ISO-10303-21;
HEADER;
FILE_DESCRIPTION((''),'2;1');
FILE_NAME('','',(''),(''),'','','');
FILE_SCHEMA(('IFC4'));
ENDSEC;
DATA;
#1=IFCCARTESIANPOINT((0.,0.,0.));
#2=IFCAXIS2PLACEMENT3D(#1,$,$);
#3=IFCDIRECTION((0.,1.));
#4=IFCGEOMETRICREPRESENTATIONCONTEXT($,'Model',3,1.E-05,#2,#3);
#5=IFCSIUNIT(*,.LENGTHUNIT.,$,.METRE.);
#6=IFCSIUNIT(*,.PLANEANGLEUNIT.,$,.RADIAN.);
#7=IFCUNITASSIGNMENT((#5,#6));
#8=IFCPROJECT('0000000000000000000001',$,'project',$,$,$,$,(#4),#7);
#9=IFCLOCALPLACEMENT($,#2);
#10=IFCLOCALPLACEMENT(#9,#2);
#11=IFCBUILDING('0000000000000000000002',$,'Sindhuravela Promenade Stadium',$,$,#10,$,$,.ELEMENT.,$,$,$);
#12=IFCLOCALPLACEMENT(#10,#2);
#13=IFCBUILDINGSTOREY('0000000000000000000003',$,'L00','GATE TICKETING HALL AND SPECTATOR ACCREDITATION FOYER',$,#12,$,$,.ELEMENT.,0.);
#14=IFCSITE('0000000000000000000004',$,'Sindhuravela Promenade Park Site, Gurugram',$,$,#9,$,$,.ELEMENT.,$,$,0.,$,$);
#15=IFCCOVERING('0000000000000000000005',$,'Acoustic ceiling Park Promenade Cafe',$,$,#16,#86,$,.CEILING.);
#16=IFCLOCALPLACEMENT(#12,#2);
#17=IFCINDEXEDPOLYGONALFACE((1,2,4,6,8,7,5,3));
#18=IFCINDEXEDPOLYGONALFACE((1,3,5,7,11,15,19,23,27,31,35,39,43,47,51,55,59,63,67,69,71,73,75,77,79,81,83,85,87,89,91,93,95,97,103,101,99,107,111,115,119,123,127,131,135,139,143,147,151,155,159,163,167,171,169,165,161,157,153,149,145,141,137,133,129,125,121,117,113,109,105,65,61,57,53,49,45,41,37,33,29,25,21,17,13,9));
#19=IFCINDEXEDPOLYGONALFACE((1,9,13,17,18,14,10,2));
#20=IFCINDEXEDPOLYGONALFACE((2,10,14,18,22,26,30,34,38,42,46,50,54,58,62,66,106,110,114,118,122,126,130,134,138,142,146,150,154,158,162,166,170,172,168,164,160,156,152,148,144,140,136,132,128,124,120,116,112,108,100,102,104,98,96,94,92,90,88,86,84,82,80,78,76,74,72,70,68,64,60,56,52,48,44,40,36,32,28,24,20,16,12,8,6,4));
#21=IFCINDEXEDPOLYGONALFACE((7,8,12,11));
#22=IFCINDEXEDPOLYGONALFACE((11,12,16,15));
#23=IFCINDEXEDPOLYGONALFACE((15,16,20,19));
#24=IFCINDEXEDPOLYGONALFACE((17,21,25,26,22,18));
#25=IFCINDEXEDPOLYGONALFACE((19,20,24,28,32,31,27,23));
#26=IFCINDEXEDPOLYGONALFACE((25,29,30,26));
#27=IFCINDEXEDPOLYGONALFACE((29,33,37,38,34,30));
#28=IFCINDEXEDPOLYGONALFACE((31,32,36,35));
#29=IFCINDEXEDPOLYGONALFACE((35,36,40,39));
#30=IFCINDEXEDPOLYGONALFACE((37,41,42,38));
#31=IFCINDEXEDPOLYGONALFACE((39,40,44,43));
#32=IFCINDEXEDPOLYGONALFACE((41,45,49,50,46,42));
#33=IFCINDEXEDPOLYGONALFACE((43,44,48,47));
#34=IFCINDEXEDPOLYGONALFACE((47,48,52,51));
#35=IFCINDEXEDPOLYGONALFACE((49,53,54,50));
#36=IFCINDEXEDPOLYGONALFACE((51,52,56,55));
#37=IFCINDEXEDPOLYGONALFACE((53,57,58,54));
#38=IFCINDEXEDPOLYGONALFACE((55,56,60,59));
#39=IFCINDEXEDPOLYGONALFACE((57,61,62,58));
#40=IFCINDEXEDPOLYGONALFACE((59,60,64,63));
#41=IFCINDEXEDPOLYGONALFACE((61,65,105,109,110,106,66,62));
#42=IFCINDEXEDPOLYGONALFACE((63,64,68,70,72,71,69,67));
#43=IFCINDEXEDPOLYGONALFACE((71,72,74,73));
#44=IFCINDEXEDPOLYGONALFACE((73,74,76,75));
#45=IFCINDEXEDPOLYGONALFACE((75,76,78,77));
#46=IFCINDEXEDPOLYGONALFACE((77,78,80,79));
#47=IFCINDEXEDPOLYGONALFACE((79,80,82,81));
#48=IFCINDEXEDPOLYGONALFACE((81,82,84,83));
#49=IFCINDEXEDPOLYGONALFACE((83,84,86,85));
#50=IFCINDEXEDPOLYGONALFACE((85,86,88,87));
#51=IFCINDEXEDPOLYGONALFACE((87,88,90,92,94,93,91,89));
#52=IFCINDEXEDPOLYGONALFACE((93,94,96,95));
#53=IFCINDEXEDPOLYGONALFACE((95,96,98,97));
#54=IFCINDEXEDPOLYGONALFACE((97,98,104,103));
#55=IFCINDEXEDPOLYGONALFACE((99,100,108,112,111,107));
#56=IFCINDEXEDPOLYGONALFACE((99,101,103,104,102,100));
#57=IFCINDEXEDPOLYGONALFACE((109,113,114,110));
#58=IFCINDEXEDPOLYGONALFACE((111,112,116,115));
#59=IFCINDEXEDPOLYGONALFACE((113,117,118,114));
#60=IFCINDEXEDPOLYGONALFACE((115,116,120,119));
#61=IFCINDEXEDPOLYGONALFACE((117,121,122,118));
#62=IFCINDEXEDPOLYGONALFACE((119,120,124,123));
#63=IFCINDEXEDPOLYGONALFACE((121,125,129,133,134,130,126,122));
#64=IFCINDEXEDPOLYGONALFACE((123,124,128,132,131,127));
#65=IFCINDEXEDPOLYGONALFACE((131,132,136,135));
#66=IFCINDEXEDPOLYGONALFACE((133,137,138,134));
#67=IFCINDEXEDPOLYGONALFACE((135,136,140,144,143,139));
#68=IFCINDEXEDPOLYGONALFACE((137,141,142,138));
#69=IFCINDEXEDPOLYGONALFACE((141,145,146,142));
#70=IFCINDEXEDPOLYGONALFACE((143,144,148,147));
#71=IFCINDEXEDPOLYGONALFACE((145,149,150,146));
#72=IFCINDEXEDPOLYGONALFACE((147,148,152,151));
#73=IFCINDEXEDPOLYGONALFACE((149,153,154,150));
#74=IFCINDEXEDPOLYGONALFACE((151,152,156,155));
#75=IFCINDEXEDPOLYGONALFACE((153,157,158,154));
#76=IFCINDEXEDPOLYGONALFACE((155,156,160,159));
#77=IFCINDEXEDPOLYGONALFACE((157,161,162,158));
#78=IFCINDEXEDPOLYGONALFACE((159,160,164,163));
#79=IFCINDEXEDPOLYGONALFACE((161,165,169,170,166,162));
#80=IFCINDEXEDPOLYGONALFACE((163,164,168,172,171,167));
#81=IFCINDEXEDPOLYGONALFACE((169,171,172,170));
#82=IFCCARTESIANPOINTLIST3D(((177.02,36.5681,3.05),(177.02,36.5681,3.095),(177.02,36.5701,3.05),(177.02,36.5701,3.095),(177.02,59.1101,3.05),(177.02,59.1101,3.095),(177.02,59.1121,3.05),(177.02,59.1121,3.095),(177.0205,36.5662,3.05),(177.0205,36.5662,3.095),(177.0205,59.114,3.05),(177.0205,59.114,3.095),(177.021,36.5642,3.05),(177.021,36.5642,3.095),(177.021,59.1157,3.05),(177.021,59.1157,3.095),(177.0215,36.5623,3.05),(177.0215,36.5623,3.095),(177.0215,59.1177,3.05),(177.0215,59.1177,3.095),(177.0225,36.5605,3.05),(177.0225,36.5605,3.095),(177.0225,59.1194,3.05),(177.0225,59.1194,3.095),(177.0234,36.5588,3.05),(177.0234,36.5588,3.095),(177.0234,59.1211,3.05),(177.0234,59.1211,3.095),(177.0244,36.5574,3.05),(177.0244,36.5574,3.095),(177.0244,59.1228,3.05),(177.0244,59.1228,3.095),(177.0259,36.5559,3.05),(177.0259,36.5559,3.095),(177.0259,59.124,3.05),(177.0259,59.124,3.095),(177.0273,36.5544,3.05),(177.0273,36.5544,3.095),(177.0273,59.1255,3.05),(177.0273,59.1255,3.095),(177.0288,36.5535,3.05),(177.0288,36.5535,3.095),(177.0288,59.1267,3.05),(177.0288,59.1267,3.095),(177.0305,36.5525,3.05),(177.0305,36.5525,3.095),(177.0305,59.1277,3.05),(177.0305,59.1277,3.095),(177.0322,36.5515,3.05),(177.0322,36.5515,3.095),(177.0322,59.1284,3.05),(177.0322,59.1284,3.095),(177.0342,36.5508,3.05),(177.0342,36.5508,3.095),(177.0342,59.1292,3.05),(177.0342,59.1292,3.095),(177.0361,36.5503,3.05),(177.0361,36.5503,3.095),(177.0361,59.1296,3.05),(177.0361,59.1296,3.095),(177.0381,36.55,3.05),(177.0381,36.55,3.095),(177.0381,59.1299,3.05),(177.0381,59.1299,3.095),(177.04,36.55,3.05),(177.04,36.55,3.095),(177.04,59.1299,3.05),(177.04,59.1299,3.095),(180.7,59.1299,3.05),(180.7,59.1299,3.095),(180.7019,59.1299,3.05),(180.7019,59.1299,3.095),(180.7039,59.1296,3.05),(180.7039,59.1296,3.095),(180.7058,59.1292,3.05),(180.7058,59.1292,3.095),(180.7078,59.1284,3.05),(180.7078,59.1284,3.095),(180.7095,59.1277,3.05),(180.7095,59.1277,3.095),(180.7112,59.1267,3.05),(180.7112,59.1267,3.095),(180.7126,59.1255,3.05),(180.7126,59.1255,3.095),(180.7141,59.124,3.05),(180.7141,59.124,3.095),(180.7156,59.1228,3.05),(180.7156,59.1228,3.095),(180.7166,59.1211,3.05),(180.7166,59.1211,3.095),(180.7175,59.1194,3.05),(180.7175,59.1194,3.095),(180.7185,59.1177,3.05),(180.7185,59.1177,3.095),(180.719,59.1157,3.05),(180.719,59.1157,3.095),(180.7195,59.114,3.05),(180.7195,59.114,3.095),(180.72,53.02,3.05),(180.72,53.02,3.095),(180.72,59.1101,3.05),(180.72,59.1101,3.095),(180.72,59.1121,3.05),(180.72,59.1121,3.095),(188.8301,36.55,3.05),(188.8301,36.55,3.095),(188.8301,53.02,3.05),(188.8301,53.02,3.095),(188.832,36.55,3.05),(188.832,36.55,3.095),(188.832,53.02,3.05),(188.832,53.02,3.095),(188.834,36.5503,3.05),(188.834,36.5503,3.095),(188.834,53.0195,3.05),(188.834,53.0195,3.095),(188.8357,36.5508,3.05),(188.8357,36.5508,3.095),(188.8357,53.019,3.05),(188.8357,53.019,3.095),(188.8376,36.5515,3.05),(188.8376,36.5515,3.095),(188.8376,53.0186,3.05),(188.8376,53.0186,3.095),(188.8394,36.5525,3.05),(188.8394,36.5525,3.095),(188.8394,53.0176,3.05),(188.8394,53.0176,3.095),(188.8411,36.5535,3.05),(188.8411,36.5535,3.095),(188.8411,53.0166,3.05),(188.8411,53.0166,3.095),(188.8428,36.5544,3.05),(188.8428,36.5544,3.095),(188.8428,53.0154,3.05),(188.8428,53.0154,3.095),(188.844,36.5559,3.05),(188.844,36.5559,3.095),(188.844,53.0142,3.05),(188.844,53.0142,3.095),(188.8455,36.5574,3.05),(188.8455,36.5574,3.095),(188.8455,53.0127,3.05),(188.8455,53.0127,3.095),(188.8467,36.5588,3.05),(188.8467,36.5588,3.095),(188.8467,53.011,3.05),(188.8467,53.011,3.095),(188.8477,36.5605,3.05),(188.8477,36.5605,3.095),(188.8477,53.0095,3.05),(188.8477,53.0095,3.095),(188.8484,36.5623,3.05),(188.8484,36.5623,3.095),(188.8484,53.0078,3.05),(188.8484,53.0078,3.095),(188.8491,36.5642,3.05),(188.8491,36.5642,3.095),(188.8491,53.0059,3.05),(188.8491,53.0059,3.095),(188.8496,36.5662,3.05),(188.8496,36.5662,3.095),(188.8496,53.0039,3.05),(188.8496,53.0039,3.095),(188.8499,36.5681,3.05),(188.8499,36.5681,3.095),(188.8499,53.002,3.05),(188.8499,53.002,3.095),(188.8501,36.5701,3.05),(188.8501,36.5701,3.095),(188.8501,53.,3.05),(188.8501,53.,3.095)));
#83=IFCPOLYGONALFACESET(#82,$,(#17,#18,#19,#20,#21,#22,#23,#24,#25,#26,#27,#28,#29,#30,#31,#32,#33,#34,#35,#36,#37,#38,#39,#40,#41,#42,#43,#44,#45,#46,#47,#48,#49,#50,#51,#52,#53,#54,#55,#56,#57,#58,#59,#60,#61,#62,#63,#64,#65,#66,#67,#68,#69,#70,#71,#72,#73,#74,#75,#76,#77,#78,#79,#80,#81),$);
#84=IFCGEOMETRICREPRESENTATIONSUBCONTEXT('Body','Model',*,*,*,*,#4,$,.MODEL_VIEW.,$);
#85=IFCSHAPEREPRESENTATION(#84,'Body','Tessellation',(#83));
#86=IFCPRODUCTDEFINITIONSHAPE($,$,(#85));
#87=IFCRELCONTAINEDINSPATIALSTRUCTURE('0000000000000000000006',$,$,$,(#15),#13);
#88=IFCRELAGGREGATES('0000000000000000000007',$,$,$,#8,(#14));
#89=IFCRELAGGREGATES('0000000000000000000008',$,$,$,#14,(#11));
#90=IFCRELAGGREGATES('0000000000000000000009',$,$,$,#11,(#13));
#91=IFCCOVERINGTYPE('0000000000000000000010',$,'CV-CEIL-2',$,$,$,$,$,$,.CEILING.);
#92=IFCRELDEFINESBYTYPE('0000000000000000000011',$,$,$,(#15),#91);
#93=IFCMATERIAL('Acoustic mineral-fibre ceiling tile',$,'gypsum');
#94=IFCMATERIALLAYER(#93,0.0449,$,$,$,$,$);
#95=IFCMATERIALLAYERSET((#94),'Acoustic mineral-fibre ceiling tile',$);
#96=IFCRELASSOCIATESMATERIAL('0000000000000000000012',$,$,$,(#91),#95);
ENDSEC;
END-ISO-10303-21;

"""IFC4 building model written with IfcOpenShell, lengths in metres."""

from ifc_helpers import new_model, si_unit, direction, frame, origin, place, context, subcontext, project, spatial, polyline, outline, extrude, material, layer, layer_set, type_object, element, save


model = new_model("IFC4")

# Units and contexts
model_context = context("Model", 3, precision=1e-05, world=origin(), true_north=direction((0.0, 1.0)))
body_context = subcontext(model_context, "Body", "Model", "MODEL_VIEW")
ifc_project = project(units=[si_unit("LENGTHUNIT", "METRE"), si_unit("PLANEANGLEUNIT", "RADIAN")], contexts=[model_context])

# Site, building, storey
site_placement = place(None, origin())
site = spatial("IfcSite", under=ifc_project, at=site_placement, Name="Sindhuravela Promenade Park Site, Gurugram", CompositionType="ELEMENT", RefElevation=0.0)
building_placement = place(site_placement, origin())
building = spatial("IfcBuilding", under=site, at=building_placement, Name="Sindhuravela Promenade Stadium", CompositionType="ELEMENT")
storey_placement = place(building_placement, origin())
storey = spatial("IfcBuildingStorey", under=building, at=storey_placement, Name="L00", Description="GATE TICKETING HALL AND SPECTATOR ACCREDITATION FOYER", CompositionType="ELEMENT", Elevation=0.0)

# Covering
ifc_material = material(Name="Acoustic mineral-fibre ceiling tile", Category="gypsum")
ifc_layer_1 = layer(ifc_material, 0.0449)
ifc_layer_set_1 = layer_set([ifc_layer_1], Name="Acoustic mineral-fibre ceiling tile")
covering_type_1 = type_object("IfcCoveringType", Name="CV-CEIL-2", PredefinedType="CEILING", material=ifc_layer_set_1)
covering_1_placement = place(storey_placement, frame((0.0, 0.0, 3.05)))
element("IfcCovering", 1, at=covering_1_placement, inside=storey, type_object=covering_type_1, Name="Acoustic ceiling Park Promenade Cafe", PredefinedType="CEILING", context=body_context, shape_type="SweptSolid", body=[
    extrude(outline(polyline([(177.02, 59.1101), (177.02, 59.1121), (177.0205, 59.114), (177.021, 59.1157), (177.0215, 59.1177), (177.0225, 59.1194), (177.0234, 59.1211), (177.0244, 59.1228), (177.0259, 59.124), (177.0273, 59.1255), (177.0288, 59.1267), (177.0305, 59.1277), (177.0322, 59.1284), (177.0342, 59.1292), (177.0361, 59.1296), (177.0381, 59.1299), (177.04, 59.1299), (180.7, 59.1299), (180.7019, 59.1299), (180.7039, 59.1296), (180.7058, 59.1292), (180.7078, 59.1284), (180.7095, 59.1277), (180.7112, 59.1267), (180.7126, 59.1255), (180.7141, 59.124), (180.7156, 59.1228), (180.7166, 59.1211), (180.7175, 59.1194), (180.7185, 59.1177), (180.719, 59.1157), (180.7195, 59.114), (180.72, 59.1121), (180.72, 59.1101), (180.72, 53.02), (188.8301, 53.02), (188.832, 53.02), (188.834, 53.0195), (188.8357, 53.019), (188.8376, 53.0186), (188.8394, 53.0176), (188.8411, 53.0166), (188.8428, 53.0154), (188.844, 53.0142), (188.8455, 53.0127), (188.8467, 53.011), (188.8477, 53.0095), (188.8484, 53.0078), (188.8491, 53.0059), (188.8496, 53.0039), (188.8499, 53.002), (188.8501, 53.0), (188.8501, 36.5701), (188.8499, 36.5681), (188.8496, 36.5662), (188.8491, 36.5642), (188.8484, 36.5623), (188.8477, 36.5605), (188.8467, 36.5588), (188.8455, 36.5574), (188.844, 36.5559), (188.8428, 36.5544), (188.8411, 36.5535), (188.8394, 36.5525), (188.8376, 36.5515), (188.8357, 36.5508), (188.834, 36.5503), (188.832, 36.55), (188.8301, 36.55), (177.04, 36.55), (177.0381, 36.55), (177.0361, 36.5503), (177.0342, 36.5508), (177.0322, 36.5515), (177.0305, 36.5525), (177.0288, 36.5535), (177.0273, 36.5544), (177.0259, 36.5559), (177.0244, 36.5574), (177.0234, 36.5588), (177.0225, 36.5605), (177.0215, 36.5623), (177.021, 36.5642), (177.0205, 36.5662), (177.02, 36.5681), (177.02, 36.5701), (177.02, 59.1101)])), origin(), (0.0, 0.0, 1.0), 0.0449),
])

save(model, "model.ifc")
